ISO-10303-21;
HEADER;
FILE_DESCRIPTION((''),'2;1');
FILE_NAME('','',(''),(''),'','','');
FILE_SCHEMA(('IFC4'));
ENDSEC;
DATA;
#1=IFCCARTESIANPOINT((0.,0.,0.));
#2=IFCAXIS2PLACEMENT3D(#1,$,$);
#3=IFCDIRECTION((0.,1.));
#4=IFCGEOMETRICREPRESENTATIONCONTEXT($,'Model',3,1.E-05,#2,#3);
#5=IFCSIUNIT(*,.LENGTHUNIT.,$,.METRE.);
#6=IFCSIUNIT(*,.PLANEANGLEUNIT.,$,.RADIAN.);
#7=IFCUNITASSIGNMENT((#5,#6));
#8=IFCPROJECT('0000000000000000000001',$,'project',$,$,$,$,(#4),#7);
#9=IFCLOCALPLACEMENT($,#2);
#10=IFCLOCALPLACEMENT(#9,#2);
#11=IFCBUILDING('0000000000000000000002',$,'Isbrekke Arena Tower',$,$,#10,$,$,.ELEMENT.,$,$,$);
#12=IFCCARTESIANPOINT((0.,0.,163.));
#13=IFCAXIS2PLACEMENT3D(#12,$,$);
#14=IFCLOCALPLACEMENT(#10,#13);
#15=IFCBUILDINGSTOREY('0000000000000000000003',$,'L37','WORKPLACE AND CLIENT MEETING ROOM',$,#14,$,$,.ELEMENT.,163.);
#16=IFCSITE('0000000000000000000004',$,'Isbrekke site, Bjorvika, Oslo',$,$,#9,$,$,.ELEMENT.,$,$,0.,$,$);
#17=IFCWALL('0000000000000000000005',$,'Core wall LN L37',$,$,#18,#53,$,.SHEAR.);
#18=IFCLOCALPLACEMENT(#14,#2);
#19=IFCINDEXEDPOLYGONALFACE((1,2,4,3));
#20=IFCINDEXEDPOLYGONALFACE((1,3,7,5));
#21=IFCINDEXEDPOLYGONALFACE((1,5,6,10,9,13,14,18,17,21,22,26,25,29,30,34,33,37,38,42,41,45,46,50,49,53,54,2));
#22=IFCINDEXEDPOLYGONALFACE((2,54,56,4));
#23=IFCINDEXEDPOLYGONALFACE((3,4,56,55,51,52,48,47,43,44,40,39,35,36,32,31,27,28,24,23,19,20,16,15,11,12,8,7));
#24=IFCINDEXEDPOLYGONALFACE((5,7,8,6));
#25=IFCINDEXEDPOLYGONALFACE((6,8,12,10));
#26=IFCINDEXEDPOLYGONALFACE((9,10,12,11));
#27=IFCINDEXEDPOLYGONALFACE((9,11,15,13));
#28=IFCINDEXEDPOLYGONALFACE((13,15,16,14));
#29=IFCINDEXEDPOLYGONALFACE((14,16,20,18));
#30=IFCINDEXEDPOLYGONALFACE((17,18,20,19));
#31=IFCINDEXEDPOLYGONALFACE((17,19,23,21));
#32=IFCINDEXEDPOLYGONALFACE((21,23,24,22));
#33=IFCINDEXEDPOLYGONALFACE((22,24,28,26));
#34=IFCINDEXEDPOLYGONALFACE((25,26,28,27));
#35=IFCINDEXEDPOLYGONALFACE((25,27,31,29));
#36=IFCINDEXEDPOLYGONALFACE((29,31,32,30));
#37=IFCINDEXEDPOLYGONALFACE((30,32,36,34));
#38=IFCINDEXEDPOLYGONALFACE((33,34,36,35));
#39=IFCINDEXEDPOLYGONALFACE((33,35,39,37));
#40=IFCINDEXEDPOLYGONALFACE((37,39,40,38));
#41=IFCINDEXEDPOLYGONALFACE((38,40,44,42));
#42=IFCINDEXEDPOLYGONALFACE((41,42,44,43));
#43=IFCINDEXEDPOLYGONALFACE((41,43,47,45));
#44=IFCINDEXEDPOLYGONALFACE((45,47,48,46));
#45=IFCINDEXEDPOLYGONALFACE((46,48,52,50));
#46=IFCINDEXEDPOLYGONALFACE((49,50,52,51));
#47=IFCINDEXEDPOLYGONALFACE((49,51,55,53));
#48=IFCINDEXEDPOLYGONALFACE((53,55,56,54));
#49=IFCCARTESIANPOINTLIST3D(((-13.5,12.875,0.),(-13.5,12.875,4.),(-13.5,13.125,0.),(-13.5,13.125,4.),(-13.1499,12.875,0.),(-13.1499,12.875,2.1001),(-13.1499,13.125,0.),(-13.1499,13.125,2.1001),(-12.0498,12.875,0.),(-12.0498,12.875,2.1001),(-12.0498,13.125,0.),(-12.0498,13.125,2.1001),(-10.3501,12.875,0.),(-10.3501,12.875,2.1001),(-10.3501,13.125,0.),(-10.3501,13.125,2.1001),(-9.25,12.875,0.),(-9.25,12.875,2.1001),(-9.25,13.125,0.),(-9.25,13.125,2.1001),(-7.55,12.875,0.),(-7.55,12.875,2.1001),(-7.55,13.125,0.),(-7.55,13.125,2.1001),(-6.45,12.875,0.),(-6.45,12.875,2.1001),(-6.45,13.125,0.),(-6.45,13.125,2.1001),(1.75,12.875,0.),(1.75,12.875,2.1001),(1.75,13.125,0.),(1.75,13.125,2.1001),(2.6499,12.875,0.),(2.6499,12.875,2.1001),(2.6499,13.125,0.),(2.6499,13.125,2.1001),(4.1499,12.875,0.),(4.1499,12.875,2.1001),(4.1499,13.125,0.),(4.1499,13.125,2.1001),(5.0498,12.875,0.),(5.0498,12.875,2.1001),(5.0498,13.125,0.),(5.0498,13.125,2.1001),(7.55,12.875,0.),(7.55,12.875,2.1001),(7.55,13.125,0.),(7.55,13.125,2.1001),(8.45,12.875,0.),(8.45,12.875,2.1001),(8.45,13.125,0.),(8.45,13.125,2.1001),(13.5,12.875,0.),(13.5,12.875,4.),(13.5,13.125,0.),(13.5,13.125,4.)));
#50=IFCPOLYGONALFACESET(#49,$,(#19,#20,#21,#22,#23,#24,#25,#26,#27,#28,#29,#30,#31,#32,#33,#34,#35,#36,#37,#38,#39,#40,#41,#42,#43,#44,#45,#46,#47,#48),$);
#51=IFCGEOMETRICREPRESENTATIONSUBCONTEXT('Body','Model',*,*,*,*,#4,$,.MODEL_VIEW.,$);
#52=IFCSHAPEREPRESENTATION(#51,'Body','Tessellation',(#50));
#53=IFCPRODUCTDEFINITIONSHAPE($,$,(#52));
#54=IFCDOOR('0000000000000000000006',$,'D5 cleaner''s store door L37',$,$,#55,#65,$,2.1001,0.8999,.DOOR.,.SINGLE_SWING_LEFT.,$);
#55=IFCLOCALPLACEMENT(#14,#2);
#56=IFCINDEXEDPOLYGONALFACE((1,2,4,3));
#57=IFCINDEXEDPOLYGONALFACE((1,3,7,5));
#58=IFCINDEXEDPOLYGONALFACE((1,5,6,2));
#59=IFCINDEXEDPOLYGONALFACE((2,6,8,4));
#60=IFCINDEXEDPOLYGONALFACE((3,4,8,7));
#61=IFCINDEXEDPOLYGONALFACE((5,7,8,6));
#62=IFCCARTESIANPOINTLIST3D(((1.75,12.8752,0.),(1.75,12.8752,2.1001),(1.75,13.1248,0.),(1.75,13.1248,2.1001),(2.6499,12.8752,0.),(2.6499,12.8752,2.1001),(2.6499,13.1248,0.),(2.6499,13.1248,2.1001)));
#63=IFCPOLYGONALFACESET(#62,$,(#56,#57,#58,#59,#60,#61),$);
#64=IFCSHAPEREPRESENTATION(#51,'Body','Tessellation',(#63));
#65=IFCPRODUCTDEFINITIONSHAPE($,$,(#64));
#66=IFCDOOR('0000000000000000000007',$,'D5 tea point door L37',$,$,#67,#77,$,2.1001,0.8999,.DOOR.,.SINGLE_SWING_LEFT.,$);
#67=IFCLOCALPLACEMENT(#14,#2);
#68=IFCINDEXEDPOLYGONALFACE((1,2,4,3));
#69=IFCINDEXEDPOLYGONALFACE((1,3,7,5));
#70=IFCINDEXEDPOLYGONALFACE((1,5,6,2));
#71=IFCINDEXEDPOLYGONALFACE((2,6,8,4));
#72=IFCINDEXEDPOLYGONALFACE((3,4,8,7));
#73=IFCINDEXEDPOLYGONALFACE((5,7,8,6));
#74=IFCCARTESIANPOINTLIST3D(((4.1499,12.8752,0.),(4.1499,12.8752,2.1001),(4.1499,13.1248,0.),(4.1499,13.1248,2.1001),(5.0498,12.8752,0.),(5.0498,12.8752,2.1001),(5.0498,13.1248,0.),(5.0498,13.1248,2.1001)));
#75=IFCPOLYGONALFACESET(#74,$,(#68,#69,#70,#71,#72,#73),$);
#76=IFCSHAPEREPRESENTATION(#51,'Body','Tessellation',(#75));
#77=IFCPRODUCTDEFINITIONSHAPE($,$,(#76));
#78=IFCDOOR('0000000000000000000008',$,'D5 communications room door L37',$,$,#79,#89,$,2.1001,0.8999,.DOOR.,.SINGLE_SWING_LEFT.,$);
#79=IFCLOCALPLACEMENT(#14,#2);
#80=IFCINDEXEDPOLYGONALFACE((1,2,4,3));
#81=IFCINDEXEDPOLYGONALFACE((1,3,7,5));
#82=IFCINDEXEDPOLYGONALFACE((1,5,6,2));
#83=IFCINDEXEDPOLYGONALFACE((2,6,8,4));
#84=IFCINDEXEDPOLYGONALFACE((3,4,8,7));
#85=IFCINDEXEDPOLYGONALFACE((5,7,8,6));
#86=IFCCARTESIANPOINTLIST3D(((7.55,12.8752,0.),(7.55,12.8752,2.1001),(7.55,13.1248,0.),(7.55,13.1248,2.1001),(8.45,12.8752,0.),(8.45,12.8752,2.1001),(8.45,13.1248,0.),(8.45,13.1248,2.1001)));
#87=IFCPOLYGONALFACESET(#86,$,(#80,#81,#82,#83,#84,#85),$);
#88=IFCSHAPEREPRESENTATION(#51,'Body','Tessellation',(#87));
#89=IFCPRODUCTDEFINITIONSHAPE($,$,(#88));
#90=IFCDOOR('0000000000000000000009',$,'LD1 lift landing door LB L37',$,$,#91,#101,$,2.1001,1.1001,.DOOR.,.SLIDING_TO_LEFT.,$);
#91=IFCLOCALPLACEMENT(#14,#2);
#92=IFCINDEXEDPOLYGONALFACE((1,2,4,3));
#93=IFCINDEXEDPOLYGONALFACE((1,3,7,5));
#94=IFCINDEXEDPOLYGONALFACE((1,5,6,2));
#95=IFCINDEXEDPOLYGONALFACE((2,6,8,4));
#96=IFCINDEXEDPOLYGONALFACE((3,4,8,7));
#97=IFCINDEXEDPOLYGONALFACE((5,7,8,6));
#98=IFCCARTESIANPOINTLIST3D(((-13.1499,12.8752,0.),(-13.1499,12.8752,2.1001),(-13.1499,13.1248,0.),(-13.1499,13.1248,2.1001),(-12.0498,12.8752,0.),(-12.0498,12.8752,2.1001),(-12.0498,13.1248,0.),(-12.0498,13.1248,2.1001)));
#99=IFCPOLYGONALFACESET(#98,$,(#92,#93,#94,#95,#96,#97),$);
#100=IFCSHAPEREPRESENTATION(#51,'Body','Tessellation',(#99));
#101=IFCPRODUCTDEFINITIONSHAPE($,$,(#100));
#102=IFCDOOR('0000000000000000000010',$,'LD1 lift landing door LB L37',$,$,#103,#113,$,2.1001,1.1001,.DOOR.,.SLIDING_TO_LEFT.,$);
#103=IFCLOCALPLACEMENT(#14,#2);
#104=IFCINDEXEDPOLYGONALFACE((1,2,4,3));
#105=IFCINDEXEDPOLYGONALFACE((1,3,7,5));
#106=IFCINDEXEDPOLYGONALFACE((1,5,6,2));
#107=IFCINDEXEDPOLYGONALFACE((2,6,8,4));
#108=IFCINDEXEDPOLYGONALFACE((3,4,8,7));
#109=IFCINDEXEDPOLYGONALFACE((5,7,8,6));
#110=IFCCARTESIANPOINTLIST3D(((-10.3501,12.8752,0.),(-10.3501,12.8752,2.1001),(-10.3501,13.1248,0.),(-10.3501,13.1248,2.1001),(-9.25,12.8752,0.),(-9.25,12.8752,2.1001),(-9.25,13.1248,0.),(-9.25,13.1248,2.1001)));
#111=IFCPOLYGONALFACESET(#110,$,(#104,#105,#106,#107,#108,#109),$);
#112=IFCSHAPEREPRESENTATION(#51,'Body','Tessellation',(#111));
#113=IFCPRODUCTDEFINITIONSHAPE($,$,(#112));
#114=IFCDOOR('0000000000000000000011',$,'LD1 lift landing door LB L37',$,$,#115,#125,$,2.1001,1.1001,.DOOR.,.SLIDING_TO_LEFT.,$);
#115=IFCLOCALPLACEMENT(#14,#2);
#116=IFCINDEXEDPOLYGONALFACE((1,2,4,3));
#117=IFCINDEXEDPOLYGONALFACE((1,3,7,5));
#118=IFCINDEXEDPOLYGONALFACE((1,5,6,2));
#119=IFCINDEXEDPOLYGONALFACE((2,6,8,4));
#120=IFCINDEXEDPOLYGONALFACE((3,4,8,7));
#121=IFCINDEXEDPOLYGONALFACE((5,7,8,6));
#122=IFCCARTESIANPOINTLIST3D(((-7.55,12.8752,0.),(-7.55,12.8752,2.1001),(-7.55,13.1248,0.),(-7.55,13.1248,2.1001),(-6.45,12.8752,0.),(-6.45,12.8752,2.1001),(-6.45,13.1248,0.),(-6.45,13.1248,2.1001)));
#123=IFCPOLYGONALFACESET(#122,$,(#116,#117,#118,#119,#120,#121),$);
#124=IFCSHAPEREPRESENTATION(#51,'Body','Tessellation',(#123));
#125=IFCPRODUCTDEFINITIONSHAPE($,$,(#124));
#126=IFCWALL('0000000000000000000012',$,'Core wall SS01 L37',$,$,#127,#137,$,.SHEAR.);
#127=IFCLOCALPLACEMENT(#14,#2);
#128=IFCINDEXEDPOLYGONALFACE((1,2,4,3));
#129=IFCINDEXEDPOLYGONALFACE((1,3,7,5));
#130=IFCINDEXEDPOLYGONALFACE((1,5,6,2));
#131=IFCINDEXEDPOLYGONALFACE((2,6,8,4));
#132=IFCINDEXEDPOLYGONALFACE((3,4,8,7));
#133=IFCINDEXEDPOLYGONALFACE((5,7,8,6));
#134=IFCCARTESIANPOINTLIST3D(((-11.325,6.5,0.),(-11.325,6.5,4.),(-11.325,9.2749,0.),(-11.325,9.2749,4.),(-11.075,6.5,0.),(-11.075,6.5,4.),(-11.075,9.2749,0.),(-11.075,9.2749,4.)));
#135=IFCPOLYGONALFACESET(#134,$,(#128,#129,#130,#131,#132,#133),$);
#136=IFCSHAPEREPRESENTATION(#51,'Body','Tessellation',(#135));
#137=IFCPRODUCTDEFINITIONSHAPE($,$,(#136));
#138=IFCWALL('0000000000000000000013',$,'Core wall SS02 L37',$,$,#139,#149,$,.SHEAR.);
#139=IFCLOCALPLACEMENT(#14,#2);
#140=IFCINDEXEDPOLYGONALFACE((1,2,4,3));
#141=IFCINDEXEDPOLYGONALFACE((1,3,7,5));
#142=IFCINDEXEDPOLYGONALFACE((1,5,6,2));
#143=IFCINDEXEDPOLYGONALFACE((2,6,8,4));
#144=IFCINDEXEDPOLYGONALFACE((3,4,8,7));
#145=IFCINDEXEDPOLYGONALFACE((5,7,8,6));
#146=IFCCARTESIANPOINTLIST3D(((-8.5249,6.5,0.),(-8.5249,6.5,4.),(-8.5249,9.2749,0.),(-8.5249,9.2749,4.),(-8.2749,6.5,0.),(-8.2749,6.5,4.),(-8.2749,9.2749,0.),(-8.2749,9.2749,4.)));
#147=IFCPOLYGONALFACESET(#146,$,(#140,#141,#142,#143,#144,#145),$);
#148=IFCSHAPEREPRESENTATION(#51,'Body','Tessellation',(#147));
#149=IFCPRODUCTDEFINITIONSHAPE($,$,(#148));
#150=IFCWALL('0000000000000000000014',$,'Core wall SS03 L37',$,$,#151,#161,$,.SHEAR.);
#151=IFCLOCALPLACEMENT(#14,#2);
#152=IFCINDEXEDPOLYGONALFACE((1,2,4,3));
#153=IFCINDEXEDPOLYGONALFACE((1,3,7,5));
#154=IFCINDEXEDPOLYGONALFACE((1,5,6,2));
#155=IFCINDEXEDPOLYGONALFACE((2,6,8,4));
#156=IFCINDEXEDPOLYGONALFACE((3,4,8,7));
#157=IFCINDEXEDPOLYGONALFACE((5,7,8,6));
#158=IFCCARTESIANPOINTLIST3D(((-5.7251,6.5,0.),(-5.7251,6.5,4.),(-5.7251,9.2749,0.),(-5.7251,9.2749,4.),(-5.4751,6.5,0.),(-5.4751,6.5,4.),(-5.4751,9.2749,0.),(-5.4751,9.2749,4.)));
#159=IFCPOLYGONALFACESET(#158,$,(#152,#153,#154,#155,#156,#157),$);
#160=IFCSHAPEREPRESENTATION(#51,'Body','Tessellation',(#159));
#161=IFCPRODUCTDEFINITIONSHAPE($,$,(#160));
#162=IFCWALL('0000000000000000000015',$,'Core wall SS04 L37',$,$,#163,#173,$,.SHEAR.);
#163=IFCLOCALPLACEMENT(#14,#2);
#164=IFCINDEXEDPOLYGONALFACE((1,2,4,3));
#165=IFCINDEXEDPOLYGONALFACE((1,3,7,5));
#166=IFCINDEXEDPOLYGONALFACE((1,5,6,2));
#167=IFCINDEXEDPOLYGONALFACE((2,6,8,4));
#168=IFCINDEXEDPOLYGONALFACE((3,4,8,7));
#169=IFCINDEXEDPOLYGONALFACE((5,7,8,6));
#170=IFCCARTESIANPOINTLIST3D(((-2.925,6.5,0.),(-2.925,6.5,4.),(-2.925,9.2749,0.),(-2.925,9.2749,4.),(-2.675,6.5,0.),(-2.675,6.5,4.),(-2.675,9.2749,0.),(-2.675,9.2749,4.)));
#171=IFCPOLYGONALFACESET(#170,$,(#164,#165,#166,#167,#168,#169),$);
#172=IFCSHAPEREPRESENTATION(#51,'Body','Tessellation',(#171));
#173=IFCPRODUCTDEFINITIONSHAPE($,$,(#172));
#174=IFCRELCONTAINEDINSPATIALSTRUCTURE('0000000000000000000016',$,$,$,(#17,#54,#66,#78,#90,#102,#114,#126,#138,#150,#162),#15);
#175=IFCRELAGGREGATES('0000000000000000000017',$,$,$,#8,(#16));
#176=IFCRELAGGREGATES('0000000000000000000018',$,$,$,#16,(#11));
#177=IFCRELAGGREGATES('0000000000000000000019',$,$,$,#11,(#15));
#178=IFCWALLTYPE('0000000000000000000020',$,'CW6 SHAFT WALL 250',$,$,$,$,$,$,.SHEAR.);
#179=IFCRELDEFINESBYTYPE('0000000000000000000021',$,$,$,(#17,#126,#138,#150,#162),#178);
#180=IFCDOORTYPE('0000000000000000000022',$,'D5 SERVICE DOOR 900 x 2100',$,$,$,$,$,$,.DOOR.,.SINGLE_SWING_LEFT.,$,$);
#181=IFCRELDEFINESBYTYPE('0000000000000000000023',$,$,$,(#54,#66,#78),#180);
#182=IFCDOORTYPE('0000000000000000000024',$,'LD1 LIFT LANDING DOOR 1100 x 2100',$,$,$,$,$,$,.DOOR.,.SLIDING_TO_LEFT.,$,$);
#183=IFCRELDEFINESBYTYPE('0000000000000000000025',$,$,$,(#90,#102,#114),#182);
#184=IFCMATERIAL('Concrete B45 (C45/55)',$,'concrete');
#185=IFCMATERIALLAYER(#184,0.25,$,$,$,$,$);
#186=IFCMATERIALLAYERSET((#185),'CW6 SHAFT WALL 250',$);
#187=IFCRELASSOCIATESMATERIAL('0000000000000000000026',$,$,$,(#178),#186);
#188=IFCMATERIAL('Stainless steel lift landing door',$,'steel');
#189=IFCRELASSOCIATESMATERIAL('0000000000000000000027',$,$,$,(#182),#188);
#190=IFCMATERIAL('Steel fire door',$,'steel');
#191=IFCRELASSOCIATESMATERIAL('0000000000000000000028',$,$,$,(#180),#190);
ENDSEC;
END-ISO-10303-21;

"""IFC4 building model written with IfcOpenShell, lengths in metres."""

from ifc_helpers import new_model, si_unit, direction, frame, frame_2d, origin, place, context, subcontext, project, spatial, rectangle, extrude, material, layer, layer_set, type_object, element, fill, save


model = new_model("IFC4")

# Units and contexts
model_context = context("Model", 3, precision=1e-05, world=origin(), true_north=direction((0.0, 1.0)))
body_context = subcontext(model_context, "Body", "Model", "MODEL_VIEW")
ifc_project = project(units=[si_unit("LENGTHUNIT", "METRE"), si_unit("PLANEANGLEUNIT", "RADIAN")], contexts=[model_context])

# Site, building, storey
site_placement = place(None, origin())
site = spatial("IfcSite", under=ifc_project, at=site_placement, Name="Isbrekke site, Bjorvika, Oslo", CompositionType="ELEMENT", RefElevation=0.0)
building_placement = place(site_placement, origin())
building = spatial("IfcBuilding", under=site, at=building_placement, Name="Isbrekke Arena Tower", CompositionType="ELEMENT")
storey_placement = place(building_placement, frame((0.0, 0.0, 163.0)))
storey = spatial("IfcBuildingStorey", under=building, at=storey_placement, Name="L37", Description="WORKPLACE AND CLIENT MEETING ROOM", CompositionType="ELEMENT", Elevation=163.0)

# Wall, openings, doors
ifc_material_1 = material(Name="Concrete B45 (C45/55)", Category="concrete")
ifc_layer_1 = layer(ifc_material_1, 0.25)
ifc_layer_set_1 = layer_set([ifc_layer_1], Name="CW6 SHAFT WALL 250")
wall_type_1 = type_object("IfcWallType", Name="CW6 SHAFT WALL 250", PredefinedType="SHEAR", material=ifc_layer_set_1)
ifc_material_2 = material(Name="Stainless steel lift landing door", Category="steel")
door_type_1 = type_object("IfcDoorType", Name="LD1 LIFT LANDING DOOR 1100 x 2100", OperationType="SLIDING_TO_LEFT", PredefinedType="DOOR", material=ifc_material_2)
wall_1_placement = place(storey_placement, frame((-13.5, 13.0, 0.0), z_axis=(0.0, 0.0, 1.0), x_axis=(1.0, 0.0, 0.0)))
wall_1 = element("IfcWall", 1, at=wall_1_placement, inside=storey, type_object=wall_type_1, Name="Core wall LN L37", PredefinedType="SHEAR", context=body_context, shape_type="SweptSolid", body=[
    extrude(rectangle(XDim=27.0, YDim=0.25, at=frame_2d((13.5, 0.0))), origin(), (0.0, 0.0, 1.0), 4.0),
])
opening_1_placement = place(wall_1_placement, frame((0.3501, 0.0, 0.0)))
opening_1 = element("IfcOpeningElement", 2, at=opening_1_placement, cuts=wall_1, PredefinedType="OPENING", context=body_context, shape_type="SweptSolid", body=[
    extrude(rectangle(XDim=1.1001, YDim=2.1001, at=frame_2d((0.55, 1.05))), frame((0.0, 0.1399, 0.0), z_axis=(0.0, -1.0, 0.0), x_axis=(1.0, 0.0, 0.0)), (0.0, 0.0, 1.0), 0.2798),
])
opening_2_placement = place(wall_1_placement, frame((3.1499, 0.0, 0.0)))
opening_2 = element("IfcOpeningElement", 3, at=opening_2_placement, cuts=wall_1, PredefinedType="OPENING", context=body_context, shape_type="SweptSolid", body=[
    extrude(rectangle(XDim=1.1001, YDim=2.1001, at=frame_2d((0.55, 1.05))), frame((0.0, 0.1399, 0.0), z_axis=(0.0, -1.0, 0.0), x_axis=(1.0, 0.0, 0.0)), (0.0, 0.0, 1.0), 0.2798),
])
opening_3_placement = place(wall_1_placement, frame((5.95, 0.0, 0.0)))
opening_3 = element("IfcOpeningElement", 4, at=opening_3_placement, cuts=wall_1, PredefinedType="OPENING", context=body_context, shape_type="SweptSolid", body=[
    extrude(rectangle(XDim=1.1001, YDim=2.1001, at=frame_2d((0.55, 1.05))), frame((0.0, 0.1399, 0.0), z_axis=(0.0, -1.0, 0.0), x_axis=(1.0, 0.0, 0.0)), (0.0, 0.0, 1.0), 0.2798),
])
opening_4_placement = place(wall_1_placement, frame((15.25, 0.0, 0.0)))
opening_4 = element("IfcOpeningElement", 5, at=opening_4_placement, cuts=wall_1, PredefinedType="OPENING", context=body_context, shape_type="SweptSolid", body=[
    extrude(rectangle(XDim=0.8999, YDim=2.1001, at=frame_2d((0.45, 1.05))), frame((0.0, 0.1399, 0.0), z_axis=(0.0, -1.0, 0.0), x_axis=(1.0, 0.0, 0.0)), (0.0, 0.0, 1.0), 0.2798),
])
opening_5_placement = place(wall_1_placement, frame((17.6499, 0.0, 0.0)))
opening_5 = element("IfcOpeningElement", 6, at=opening_5_placement, cuts=wall_1, PredefinedType="OPENING", context=body_context, shape_type="SweptSolid", body=[
    extrude(rectangle(XDim=0.8999, YDim=2.1001, at=frame_2d((0.45, 1.05))), frame((0.0, 0.1399, 0.0), z_axis=(0.0, -1.0, 0.0), x_axis=(1.0, 0.0, 0.0)), (0.0, 0.0, 1.0), 0.2798),
])
opening_6_placement = place(wall_1_placement, frame((21.05, 0.0, 0.0)))
opening_6 = element("IfcOpeningElement", 7, at=opening_6_placement, cuts=wall_1, PredefinedType="OPENING", context=body_context, shape_type="SweptSolid", body=[
    extrude(rectangle(XDim=0.8999, YDim=2.1001, at=frame_2d((0.45, 1.05))), frame((0.0, 0.1399, 0.0), z_axis=(0.0, -1.0, 0.0), x_axis=(1.0, 0.0, 0.0)), (0.0, 0.0, 1.0), 0.2798),
])
ifc_material_3 = material(Name="Steel fire door", Category="steel")
door_type_2 = type_object("IfcDoorType", Name="D5 SERVICE DOOR 900 x 2100", OperationType="SINGLE_SWING_LEFT", PredefinedType="DOOR", material=ifc_material_3)
door_1_placement = place(opening_4_placement, origin())
door_1 = element("IfcDoor", 8, at=door_1_placement, inside=storey, type_object=door_type_2, Name="D5 cleaner's store door L37", OperationType="SINGLE_SWING_LEFT", OverallHeight=2.1001, OverallWidth=0.8999, PredefinedType="DOOR", context=body_context, shape_type="SweptSolid", body=[
    extrude(rectangle(XDim=0.8999, YDim=2.1001, at=frame_2d((0.45, 1.05))), frame((0.0, 0.1248, 0.0), z_axis=(0.0, -1.0, 0.0), x_axis=(1.0, 0.0, 0.0)), (0.0, 0.0, 1.0), 0.2495),
])
fill(opening_4, door_1)
door_2_placement = place(opening_5_placement, origin())
door_2 = element("IfcDoor", 9, at=door_2_placement, inside=storey, type_object=door_type_2, Name="D5 tea point door L37", OperationType="SINGLE_SWING_LEFT", OverallHeight=2.1001, OverallWidth=0.8999, PredefinedType="DOOR", context=body_context, shape_type="SweptSolid", body=[
    extrude(rectangle(XDim=0.8999, YDim=2.1001, at=frame_2d((0.45, 1.05))), frame((0.0, 0.1248, 0.0), z_axis=(0.0, -1.0, 0.0), x_axis=(1.0, 0.0, 0.0)), (0.0, 0.0, 1.0), 0.2495),
])
fill(opening_5, door_2)
door_3_placement = place(opening_6_placement, origin())
door_3 = element("IfcDoor", 10, at=door_3_placement, inside=storey, type_object=door_type_2, Name="D5 communications room door L37", OperationType="SINGLE_SWING_LEFT", OverallHeight=2.1001, OverallWidth=0.8999, PredefinedType="DOOR", context=body_context, shape_type="SweptSolid", body=[
    extrude(rectangle(XDim=0.8999, YDim=2.1001, at=frame_2d((0.45, 1.05))), frame((0.0, 0.1248, 0.0), z_axis=(0.0, -1.0, 0.0), x_axis=(1.0, 0.0, 0.0)), (0.0, 0.0, 1.0), 0.2495),
])
fill(opening_6, door_3)
door_4_placement = place(opening_1_placement, origin())
door_4 = element("IfcDoor", 11, at=door_4_placement, inside=storey, type_object=door_type_1, Name="LD1 lift landing door LB L37", OperationType="SLIDING_TO_LEFT", OverallHeight=2.1001, OverallWidth=1.1001, PredefinedType="DOOR", context=body_context, shape_type="SweptSolid", body=[
    extrude(rectangle(XDim=1.1001, YDim=2.1001, at=frame_2d((0.55, 1.05))), frame((0.0, 0.1248, 0.0), z_axis=(0.0, -1.0, 0.0), x_axis=(1.0, 0.0, 0.0)), (0.0, 0.0, 1.0), 0.2495),
])
fill(opening_1, door_4)
door_5_placement = place(opening_2_placement, origin())
door_5 = element("IfcDoor", 12, at=door_5_placement, inside=storey, type_object=door_type_1, Name="LD1 lift landing door LB L37", OperationType="SLIDING_TO_LEFT", OverallHeight=2.1001, OverallWidth=1.1001, PredefinedType="DOOR", context=body_context, shape_type="SweptSolid", body=[
    extrude(rectangle(XDim=1.1001, YDim=2.1001, at=frame_2d((0.55, 1.05))), frame((0.0, 0.1248, 0.0), z_axis=(0.0, -1.0, 0.0), x_axis=(1.0, 0.0, 0.0)), (0.0, 0.0, 1.0), 0.2495),
])
fill(opening_2, door_5)
door_6_placement = place(opening_3_placement, origin())
door_6 = element("IfcDoor", 13, at=door_6_placement, inside=storey, type_object=door_type_1, Name="LD1 lift landing door LB L37", OperationType="SLIDING_TO_LEFT", OverallHeight=2.1001, OverallWidth=1.1001, PredefinedType="DOOR", context=body_context, shape_type="SweptSolid", body=[
    extrude(rectangle(XDim=1.1001, YDim=2.1001, at=frame_2d((0.55, 1.05))), frame((0.0, 0.1248, 0.0), z_axis=(0.0, -1.0, 0.0), x_axis=(1.0, 0.0, 0.0)), (0.0, 0.0, 1.0), 0.2495),
])
fill(opening_3, door_6)

# Walls
for number, where, z_axis, x_axis, name in (
    (14, (-11.2, 6.5, 0.0), (0.0, 0.0, 1.0), (0.0, 1.0, 0.0), "Core wall SS01 L37"),
    (15, (-8.3999, 6.5, 0.0), (0.0, 0.0, 1.0), (0.0, 1.0, 0.0), "Core wall SS02 L37"),
    (16, (-5.6001, 6.5, 0.0), (0.0, 0.0, 1.0), (0.0, 1.0, 0.0), "Core wall SS03 L37"),
    (17, (-2.8, 6.5, 0.0), (0.0, 0.0, 1.0), (0.0, 1.0, 0.0), "Core wall SS04 L37"),
):
    element("IfcWall", number, at=place(storey_placement, frame(where, z_axis=z_axis, x_axis=x_axis)), inside=storey, type_object=wall_type_1, Name=name, PredefinedType="SHEAR", context=body_context, shape_type="SweptSolid", body=[
        extrude(rectangle(XDim=2.7749, YDim=0.25, at=frame_2d((1.3875, 0.0))), origin(), (0.0, 0.0, 1.0), 4.0),
    ])

save(model, "model.ifc")
